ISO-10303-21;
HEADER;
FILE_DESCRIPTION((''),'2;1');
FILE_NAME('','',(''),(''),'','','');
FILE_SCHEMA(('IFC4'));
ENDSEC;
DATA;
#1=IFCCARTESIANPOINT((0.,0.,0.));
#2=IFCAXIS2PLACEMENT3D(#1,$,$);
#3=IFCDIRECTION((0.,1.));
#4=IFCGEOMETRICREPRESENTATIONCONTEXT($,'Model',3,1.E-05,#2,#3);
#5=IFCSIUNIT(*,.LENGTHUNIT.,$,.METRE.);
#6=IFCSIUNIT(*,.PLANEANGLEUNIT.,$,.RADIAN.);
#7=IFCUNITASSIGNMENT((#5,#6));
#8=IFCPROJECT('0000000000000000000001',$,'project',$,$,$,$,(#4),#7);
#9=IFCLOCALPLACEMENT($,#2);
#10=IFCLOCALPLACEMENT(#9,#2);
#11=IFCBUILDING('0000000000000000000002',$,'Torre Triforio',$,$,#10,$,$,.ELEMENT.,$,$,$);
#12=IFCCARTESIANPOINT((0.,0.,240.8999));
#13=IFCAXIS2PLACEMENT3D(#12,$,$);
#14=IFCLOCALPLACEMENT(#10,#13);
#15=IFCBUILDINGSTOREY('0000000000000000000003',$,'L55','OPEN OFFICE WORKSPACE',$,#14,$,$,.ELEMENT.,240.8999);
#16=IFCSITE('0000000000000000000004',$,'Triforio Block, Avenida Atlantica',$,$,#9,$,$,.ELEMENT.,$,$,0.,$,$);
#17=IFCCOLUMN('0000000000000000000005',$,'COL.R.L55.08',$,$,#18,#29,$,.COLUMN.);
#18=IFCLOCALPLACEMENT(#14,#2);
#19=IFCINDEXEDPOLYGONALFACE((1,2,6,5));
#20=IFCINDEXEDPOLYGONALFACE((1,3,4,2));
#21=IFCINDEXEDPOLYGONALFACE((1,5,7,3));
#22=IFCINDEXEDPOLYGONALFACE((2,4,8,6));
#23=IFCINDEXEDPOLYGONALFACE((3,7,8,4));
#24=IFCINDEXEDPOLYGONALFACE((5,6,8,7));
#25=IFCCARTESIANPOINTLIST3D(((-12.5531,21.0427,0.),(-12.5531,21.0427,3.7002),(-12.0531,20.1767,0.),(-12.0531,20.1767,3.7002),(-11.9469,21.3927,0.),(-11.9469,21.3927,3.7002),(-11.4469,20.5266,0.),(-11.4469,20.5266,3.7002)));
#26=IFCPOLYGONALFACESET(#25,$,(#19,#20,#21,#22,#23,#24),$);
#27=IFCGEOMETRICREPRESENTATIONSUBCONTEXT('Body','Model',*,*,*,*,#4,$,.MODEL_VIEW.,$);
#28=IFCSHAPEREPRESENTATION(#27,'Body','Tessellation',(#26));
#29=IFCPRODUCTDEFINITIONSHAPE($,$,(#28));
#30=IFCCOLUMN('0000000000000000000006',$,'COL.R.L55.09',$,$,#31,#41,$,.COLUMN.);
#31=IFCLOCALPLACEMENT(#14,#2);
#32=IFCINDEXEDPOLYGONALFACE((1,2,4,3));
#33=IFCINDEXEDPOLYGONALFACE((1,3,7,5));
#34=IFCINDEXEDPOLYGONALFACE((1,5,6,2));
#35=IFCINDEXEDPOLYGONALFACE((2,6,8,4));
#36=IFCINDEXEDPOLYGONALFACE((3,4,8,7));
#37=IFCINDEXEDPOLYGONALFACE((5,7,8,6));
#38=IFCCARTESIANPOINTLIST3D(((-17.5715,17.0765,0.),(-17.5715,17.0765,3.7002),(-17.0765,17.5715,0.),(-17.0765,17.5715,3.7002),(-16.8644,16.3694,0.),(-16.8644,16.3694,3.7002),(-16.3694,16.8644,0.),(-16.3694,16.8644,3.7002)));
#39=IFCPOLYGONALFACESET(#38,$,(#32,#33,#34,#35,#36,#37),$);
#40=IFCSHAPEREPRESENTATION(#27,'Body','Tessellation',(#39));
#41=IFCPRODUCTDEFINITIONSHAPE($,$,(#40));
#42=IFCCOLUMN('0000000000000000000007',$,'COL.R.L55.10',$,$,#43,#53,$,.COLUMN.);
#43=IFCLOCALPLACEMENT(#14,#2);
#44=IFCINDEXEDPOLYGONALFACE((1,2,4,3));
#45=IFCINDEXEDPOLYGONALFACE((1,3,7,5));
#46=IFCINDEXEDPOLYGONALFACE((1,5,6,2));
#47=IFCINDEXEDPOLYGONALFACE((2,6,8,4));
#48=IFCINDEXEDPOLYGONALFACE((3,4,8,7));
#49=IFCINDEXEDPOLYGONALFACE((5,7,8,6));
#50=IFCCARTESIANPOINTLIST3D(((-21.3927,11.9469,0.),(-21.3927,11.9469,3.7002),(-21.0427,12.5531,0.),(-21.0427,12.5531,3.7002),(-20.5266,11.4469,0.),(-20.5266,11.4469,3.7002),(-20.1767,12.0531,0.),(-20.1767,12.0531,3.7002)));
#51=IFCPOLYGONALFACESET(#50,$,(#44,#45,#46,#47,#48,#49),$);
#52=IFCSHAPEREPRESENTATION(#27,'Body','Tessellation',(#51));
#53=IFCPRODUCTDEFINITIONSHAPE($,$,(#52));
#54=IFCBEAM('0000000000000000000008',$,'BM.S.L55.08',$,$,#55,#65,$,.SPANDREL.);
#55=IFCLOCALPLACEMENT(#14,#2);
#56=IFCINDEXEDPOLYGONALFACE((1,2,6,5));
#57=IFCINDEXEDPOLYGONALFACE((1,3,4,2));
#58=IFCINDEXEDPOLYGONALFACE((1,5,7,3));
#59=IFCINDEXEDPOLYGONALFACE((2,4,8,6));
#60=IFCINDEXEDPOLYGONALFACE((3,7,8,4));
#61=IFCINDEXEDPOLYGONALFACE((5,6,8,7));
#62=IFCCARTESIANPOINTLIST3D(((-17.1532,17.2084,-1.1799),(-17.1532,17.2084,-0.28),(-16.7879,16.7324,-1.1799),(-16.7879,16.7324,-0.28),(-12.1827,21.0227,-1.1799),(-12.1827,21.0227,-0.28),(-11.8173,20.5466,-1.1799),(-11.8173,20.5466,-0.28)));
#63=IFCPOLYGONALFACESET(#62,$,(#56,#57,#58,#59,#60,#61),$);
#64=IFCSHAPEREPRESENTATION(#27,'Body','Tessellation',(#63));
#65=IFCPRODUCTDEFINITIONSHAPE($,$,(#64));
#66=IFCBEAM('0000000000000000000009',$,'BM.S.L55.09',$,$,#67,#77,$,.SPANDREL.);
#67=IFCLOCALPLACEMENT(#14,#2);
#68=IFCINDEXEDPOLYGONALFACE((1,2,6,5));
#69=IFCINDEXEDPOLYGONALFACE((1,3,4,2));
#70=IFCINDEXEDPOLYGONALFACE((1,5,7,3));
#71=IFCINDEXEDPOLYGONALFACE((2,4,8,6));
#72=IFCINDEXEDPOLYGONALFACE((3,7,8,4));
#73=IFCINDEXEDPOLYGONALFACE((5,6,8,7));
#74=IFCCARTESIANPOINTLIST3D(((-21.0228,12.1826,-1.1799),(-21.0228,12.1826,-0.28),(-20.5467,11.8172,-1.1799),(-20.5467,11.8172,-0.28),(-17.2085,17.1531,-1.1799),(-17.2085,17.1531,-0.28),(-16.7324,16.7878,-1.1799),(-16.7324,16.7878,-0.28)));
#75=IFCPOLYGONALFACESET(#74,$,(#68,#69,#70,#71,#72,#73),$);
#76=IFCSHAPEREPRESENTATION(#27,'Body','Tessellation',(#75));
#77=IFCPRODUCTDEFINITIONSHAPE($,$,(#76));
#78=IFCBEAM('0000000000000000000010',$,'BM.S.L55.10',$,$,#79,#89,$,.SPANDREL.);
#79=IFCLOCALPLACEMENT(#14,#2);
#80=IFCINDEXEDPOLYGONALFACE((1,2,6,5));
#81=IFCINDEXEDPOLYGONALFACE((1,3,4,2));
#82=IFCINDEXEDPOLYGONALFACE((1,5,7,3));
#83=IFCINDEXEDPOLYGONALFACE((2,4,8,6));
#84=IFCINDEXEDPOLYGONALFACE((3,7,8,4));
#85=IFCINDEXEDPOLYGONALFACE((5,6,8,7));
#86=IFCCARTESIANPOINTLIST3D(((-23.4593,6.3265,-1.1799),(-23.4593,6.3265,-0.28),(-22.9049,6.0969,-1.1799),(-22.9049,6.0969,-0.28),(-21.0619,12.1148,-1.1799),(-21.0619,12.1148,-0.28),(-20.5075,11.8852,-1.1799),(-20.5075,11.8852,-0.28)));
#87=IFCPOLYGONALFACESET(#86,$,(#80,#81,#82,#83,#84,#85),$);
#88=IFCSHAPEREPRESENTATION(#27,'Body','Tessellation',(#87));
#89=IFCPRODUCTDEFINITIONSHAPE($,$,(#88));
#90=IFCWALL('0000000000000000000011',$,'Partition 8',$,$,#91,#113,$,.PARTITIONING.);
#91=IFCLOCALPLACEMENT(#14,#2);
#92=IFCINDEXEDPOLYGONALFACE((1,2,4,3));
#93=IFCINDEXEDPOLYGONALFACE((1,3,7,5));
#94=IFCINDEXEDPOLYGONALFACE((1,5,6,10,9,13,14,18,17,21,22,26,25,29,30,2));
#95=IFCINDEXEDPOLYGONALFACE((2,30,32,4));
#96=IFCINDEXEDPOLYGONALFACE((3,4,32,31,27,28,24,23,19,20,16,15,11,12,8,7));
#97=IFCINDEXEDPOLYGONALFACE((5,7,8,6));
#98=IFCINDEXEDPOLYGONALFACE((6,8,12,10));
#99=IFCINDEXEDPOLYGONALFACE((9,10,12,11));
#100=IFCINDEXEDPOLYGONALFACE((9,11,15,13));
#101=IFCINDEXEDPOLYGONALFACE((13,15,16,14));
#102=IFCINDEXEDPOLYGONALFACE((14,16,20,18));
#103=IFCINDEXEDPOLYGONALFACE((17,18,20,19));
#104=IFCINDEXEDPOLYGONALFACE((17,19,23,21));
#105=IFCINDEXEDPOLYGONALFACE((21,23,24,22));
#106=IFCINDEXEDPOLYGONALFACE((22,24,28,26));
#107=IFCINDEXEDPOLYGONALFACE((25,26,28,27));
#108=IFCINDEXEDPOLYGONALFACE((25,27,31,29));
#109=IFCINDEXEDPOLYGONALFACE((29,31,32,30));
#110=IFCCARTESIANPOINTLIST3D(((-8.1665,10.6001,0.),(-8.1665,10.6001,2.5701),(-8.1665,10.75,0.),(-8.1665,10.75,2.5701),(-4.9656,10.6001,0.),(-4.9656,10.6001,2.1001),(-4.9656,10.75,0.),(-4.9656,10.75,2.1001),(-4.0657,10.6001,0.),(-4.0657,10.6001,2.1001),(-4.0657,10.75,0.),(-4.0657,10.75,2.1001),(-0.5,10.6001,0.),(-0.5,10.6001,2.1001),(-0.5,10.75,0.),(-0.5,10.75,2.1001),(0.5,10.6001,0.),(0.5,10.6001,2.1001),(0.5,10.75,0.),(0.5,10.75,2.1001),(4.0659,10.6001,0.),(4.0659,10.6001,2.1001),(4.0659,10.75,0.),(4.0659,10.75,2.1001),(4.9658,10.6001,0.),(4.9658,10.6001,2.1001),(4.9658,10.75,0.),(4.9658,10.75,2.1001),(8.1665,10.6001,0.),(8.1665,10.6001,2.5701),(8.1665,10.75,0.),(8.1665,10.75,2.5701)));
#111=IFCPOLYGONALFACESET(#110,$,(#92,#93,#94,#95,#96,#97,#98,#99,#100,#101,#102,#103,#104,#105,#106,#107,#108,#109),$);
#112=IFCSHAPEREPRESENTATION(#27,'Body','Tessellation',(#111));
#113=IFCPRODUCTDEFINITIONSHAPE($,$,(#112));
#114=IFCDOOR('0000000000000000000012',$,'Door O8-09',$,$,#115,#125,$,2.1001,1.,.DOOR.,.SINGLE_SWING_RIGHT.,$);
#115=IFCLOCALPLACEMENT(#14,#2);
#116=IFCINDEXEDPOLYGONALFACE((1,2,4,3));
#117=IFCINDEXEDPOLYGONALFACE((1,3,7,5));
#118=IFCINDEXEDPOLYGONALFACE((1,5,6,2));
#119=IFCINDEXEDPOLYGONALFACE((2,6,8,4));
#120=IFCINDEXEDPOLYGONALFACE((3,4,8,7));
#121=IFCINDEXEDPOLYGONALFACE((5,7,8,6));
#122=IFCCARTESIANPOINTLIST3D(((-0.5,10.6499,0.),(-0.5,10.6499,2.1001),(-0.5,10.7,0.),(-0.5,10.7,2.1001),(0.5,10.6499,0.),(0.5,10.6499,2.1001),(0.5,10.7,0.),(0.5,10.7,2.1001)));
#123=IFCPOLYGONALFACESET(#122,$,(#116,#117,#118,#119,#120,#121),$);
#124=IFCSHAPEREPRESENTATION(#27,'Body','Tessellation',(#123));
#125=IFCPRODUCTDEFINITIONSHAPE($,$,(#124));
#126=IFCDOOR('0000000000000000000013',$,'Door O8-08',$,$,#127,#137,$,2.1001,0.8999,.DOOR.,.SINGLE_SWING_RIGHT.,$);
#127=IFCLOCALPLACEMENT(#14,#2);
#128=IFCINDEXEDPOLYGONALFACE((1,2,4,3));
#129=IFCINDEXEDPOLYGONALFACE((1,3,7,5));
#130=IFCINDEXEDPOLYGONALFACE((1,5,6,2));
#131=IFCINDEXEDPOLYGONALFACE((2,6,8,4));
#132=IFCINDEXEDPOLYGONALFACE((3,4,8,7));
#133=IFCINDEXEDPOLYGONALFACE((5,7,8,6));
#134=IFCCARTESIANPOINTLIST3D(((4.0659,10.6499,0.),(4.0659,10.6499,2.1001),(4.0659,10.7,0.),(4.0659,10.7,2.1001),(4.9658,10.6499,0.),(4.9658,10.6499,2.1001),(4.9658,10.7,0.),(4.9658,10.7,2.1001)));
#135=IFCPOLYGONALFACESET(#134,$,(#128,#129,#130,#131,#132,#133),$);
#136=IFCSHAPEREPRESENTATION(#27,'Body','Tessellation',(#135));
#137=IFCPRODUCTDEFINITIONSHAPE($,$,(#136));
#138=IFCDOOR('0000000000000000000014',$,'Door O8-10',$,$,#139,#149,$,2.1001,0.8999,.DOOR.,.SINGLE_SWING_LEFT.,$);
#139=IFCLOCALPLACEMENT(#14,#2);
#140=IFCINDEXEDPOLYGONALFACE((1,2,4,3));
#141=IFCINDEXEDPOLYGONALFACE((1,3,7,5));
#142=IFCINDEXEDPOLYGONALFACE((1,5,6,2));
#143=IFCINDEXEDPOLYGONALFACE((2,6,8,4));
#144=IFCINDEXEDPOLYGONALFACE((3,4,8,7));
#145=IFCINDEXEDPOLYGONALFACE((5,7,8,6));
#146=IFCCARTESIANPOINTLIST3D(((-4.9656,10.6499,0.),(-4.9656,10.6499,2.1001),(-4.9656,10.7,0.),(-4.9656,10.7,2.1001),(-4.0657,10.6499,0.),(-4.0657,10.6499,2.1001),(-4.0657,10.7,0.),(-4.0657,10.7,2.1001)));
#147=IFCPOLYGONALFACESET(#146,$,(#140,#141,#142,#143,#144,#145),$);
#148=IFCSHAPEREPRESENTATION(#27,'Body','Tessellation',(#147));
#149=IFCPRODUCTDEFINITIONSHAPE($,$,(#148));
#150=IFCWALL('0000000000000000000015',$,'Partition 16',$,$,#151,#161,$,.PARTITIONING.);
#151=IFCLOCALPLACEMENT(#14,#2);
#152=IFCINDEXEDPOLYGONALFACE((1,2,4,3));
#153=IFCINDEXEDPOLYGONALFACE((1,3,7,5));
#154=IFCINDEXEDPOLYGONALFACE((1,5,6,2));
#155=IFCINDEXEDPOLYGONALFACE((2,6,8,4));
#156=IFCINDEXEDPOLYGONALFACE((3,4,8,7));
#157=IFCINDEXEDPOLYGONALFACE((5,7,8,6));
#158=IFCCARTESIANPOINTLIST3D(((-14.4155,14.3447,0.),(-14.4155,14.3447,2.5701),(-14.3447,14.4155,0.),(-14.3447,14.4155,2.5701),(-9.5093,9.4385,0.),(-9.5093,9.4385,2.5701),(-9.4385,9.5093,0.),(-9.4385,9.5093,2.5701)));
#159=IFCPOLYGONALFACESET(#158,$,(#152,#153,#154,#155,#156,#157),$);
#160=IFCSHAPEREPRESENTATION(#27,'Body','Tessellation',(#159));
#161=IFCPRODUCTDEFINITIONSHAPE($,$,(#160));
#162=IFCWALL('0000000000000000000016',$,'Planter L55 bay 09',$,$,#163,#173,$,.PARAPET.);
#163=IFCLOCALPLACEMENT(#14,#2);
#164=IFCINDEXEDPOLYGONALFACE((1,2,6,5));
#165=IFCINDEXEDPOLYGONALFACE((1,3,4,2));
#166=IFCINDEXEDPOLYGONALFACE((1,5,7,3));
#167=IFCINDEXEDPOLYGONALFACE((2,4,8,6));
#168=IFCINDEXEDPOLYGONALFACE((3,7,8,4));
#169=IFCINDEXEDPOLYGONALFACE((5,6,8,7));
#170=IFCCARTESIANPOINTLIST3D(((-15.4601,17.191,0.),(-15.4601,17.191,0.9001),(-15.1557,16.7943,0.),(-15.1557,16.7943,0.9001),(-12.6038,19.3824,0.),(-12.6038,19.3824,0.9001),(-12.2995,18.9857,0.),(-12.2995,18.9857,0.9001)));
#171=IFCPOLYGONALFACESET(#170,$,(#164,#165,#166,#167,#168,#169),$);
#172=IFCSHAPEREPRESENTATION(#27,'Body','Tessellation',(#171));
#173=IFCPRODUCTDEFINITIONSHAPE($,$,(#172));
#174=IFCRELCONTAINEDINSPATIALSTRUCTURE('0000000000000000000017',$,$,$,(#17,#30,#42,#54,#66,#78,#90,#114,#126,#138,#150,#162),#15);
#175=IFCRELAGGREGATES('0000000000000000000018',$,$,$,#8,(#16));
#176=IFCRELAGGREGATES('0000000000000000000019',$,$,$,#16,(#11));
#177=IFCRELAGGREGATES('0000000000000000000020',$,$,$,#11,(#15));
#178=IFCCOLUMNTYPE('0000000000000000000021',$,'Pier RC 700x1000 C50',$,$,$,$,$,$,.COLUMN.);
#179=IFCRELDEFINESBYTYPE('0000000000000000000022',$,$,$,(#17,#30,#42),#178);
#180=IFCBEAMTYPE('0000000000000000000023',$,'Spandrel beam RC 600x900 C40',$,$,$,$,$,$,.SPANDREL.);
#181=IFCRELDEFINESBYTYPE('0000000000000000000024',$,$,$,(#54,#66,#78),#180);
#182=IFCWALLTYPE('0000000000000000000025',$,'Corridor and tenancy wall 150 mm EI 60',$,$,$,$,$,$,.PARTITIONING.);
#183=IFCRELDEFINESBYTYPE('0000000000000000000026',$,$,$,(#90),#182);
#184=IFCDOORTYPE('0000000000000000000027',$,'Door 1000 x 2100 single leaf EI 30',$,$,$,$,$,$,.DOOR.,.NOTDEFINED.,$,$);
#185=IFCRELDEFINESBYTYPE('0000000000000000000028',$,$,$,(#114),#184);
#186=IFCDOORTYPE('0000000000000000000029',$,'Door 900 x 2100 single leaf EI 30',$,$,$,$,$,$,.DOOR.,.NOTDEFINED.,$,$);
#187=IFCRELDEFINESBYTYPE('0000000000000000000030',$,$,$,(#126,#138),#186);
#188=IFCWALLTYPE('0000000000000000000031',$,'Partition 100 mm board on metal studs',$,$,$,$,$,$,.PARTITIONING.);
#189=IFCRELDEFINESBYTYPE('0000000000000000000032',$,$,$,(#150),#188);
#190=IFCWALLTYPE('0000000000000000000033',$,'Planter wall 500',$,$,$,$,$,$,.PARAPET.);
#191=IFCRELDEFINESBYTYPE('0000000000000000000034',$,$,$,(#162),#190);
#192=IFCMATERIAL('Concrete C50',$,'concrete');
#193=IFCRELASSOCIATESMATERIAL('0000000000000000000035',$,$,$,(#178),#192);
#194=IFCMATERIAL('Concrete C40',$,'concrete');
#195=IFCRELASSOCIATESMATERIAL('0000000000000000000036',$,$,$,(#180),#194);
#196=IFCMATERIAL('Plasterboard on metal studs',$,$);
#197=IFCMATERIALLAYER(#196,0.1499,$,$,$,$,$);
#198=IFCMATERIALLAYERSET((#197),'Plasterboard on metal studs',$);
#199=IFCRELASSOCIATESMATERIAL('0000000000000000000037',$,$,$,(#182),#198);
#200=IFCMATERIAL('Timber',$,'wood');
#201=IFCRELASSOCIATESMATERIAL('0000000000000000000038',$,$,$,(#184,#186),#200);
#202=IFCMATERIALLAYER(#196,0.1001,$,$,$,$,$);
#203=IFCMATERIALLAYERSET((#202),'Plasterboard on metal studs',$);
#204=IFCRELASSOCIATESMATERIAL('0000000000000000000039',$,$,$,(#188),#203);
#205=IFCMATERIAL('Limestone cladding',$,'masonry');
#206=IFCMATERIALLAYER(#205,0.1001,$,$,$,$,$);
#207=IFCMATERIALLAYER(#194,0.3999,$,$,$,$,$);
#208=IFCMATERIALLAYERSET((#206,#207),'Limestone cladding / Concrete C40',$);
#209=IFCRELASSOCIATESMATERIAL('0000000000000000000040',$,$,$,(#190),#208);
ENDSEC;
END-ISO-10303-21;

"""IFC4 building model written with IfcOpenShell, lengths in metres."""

from ifc_helpers import new_model, si_unit, direction, frame, frame_2d, origin, origin_2d, place, context, subcontext, project, spatial, rectangle, extrude, material, layer, layer_set, material_profile, profile_set, type_object, element, fill, save


model = new_model("IFC4")

# Units and contexts
model_context = context("Model", 3, precision=1e-05, world=origin(), true_north=direction((0.0, 1.0)))
body_context = subcontext(model_context, "Body", "Model", "MODEL_VIEW")
ifc_project = project(units=[si_unit("LENGTHUNIT", "METRE"), si_unit("PLANEANGLEUNIT", "RADIAN")], contexts=[model_context])

# Site, building, storey
site_placement = place(None, origin())
site = spatial("IfcSite", under=ifc_project, at=site_placement, Name="Triforio Block, Avenida Atlantica", CompositionType="ELEMENT", RefElevation=0.0)
building_placement = place(site_placement, origin())
building = spatial("IfcBuilding", under=site, at=building_placement, Name="Torre Triforio", CompositionType="ELEMENT")
storey_placement = place(building_placement, frame((0.0, 0.0, 240.8999)))
storey = spatial("IfcBuildingStorey", under=building, at=storey_placement, Name="L55", Description="OPEN OFFICE WORKSPACE", CompositionType="ELEMENT", Elevation=240.8999)

# Columns
ifc_material_1 = material(Name="Concrete C50", Category="concrete")
ifc_material_profile_1 = material_profile(ifc_material_1, rectangle(XDim=0.7, YDim=1.0, at=origin_2d()), Name="RC 700x1000")
ifc_profile_set_1 = profile_set([ifc_material_profile_1], Name="Concrete C50")
column_type = type_object("IfcColumnType", Name="Pier RC 700x1000 C50", PredefinedType="COLUMN", material=ifc_profile_set_1)
for number, where, z_axis, x_axis, name in (
    (1, (-12.0, 20.7847, 0.0), (0.0, 0.0, 1.0), (-0.866025, -0.5, 0.0), "COL.R.L55.08"),
    (2, (-16.9705, 16.9705, 0.0), (0.0, 0.0, 1.0), (-0.707107, -0.707107, 0.0), "COL.R.L55.09"),
    (3, (-20.7847, 12.0, 0.0), (0.0, 0.0, 1.0), (-0.5, -0.866025, 0.0), "COL.R.L55.10"),
):
    element("IfcColumn", number, at=place(storey_placement, frame(where, z_axis=z_axis, x_axis=x_axis)), inside=storey, type_object=column_type, Name=name, PredefinedType="COLUMN", context=body_context, shape_type="SweptSolid", body=[
        extrude(rectangle(XDim=0.7, YDim=1.0, at=origin_2d()), origin(), (0.0, 0.0, 1.0), 3.7002),
    ])

# Beams
ifc_material_2 = material(Name="Concrete C40", Category="concrete")
ifc_material_profile_2 = material_profile(ifc_material_2, rectangle(XDim=0.6001, YDim=0.8999, at=origin_2d()), Name="RC 600x900")
ifc_profile_set_2 = profile_set([ifc_material_profile_2], Name="Concrete C40")
beam_type = type_object("IfcBeamType", Name="Spandrel beam RC 600x900 C40", PredefinedType="SPANDREL", material=ifc_profile_set_2)
for number, where, z_axis, x_axis, name in (
    (4, (-12.0, 20.7847, -0.73), (-0.793335, -0.608786, 0.0), (0.608786, -0.793335, 0.0), "BM.S.L55.08"),
    (5, (-16.9705, 16.9705, -0.73), (-0.608786, -0.793335, 0.0), (0.793335, -0.608786, 0.0), "BM.S.L55.09"),
):
    element("IfcBeam", number, at=place(storey_placement, frame(where, z_axis=z_axis, x_axis=x_axis)), inside=storey, type_object=beam_type, Name=name, PredefinedType="SPANDREL", context=body_context, shape_type="SweptSolid", body=[
        extrude(rectangle(XDim=0.6001, YDim=0.8999, at=origin_2d()), origin(), (0.0, 0.0, 1.0), 6.2654),
    ])
beam_placement = place(storey_placement, frame((-20.7847, 12.0, -0.73), z_axis=(-0.382664, -0.923888, 0.0), x_axis=(0.923888, -0.382664, 0.0)))
element("IfcBeam", 6, at=beam_placement, inside=storey, type_object=beam_type, Name="BM.S.L55.10", PredefinedType="SPANDREL", context=body_context, shape_type="SweptSolid", body=[
    extrude(rectangle(XDim=0.6001, YDim=0.8999, at=origin_2d()), origin(), (0.0, 0.0, 1.0), 6.2651),
])

# Wall, openings, doors
ifc_material_3 = material(Name="Plasterboard on metal studs")
ifc_layer_1 = layer(ifc_material_3, 0.1499)
ifc_layer_set_1 = layer_set([ifc_layer_1], Name="Plasterboard on metal studs")
wall_type_1 = type_object("IfcWallType", Name="Corridor and tenancy wall 150 mm EI 60", PredefinedType="PARTITIONING", material=ifc_layer_set_1)
wall_1_placement = place(storey_placement, frame((-8.1665, 10.675, 0.0), z_axis=(0.0, 0.0, 1.0), x_axis=(1.0, 0.0, 0.0)))
wall_1 = element("IfcWall", 7, at=wall_1_placement, inside=storey, type_object=wall_type_1, Name="Partition 8", PredefinedType="PARTITIONING", context=body_context, shape_type="SweptSolid", body=[
    extrude(rectangle(XDim=16.333, YDim=0.1499, at=frame_2d((8.1665, 0.0))), origin(), (0.0, 0.0, 1.0), 2.5701),
])
opening_1_placement = place(wall_1_placement, frame((12.2324, 0.0, 0.0)))
opening_1 = element("IfcOpeningElement", 8, at=opening_1_placement, cuts=wall_1, PredefinedType="OPENING", context=body_context, shape_type="SweptSolid", body=[
    extrude(rectangle(XDim=0.8999, YDim=2.1001, at=frame_2d((0.45, 1.05))), frame((0.0, 0.085, 0.0), z_axis=(0.0, -1.0, 0.0), x_axis=(1.0, 0.0, 0.0)), (0.0, 0.0, 1.0), 0.1699),
])
opening_2_placement = place(wall_1_placement, frame((7.6665, 0.0, 0.0)))
opening_2 = element("IfcOpeningElement", 9, at=opening_2_placement, cuts=wall_1, PredefinedType="OPENING", context=body_context, shape_type="SweptSolid", body=[
    extrude(rectangle(XDim=1.0, YDim=2.1001, at=frame_2d((0.5, 1.05))), frame((0.0, 0.085, 0.0), z_axis=(0.0, -1.0, 0.0), x_axis=(1.0, 0.0, 0.0)), (0.0, 0.0, 1.0), 0.1699),
])
opening_3_placement = place(wall_1_placement, frame((3.2009, 0.0, 0.0)))
opening_3 = element("IfcOpeningElement", 10, at=opening_3_placement, cuts=wall_1, PredefinedType="OPENING", context=body_context, shape_type="SweptSolid", body=[
    extrude(rectangle(XDim=0.8999, YDim=2.1001, at=frame_2d((0.45, 1.05))), frame((0.0, 0.085, 0.0), z_axis=(0.0, -1.0, 0.0), x_axis=(1.0, 0.0, 0.0)), (0.0, 0.0, 1.0), 0.1699),
])
ifc_material_4 = material(Name="Timber", Category="wood")
door_type_1 = type_object("IfcDoorType", Name="Door 1000 x 2100 single leaf EI 30", OperationType="NOTDEFINED", PredefinedType="DOOR", material=ifc_material_4)
door_1_placement = place(opening_2_placement, origin())
door_1 = element("IfcDoor", 11, at=door_1_placement, inside=storey, type_object=door_type_1, Name="Door O8-09", OperationType="SINGLE_SWING_RIGHT", OverallHeight=2.1001, OverallWidth=1.0, PredefinedType="DOOR", context=body_context, shape_type="SweptSolid", body=[
    extrude(rectangle(XDim=1.0, YDim=2.1001, at=frame_2d((0.5, 1.05))), frame((0.0, 0.0249, 0.0), z_axis=(0.0, -1.0, 0.0), x_axis=(1.0, 0.0, 0.0)), (0.0, 0.0, 1.0), 0.05),
])
fill(opening_2, door_1)
door_type_2 = type_object("IfcDoorType", Name="Door 900 x 2100 single leaf EI 30", OperationType="NOTDEFINED", PredefinedType="DOOR", material=ifc_material_4)
door_2_placement = place(opening_1_placement, origin())
door_2 = element("IfcDoor", 12, at=door_2_placement, inside=storey, type_object=door_type_2, Name="Door O8-08", OperationType="SINGLE_SWING_RIGHT", OverallHeight=2.1001, OverallWidth=0.8999, PredefinedType="DOOR", context=body_context, shape_type="SweptSolid", body=[
    extrude(rectangle(XDim=0.8999, YDim=2.1001, at=frame_2d((0.45, 1.05))), frame((0.0, 0.0249, 0.0), z_axis=(0.0, -1.0, 0.0), x_axis=(1.0, 0.0, 0.0)), (0.0, 0.0, 1.0), 0.05),
])
fill(opening_1, door_2)
door_3_placement = place(opening_3_placement, origin())
door_3 = element("IfcDoor", 13, at=door_3_placement, inside=storey, type_object=door_type_2, Name="Door O8-10", OperationType="SINGLE_SWING_LEFT", OverallHeight=2.1001, OverallWidth=0.8999, PredefinedType="DOOR", context=body_context, shape_type="SweptSolid", body=[
    extrude(rectangle(XDim=0.8999, YDim=2.1001, at=frame_2d((0.45, 1.05))), frame((0.0, 0.0249, 0.0), z_axis=(0.0, -1.0, 0.0), x_axis=(1.0, 0.0, 0.0)), (0.0, 0.0, 1.0), 0.05),
])
fill(opening_3, door_3)

# Walls
ifc_layer_2 = layer(ifc_material_3, 0.1001)
ifc_layer_set_2 = layer_set([ifc_layer_2], Name="Plasterboard on metal studs")
wall_type_2 = type_object("IfcWallType", Name="Partition 100 mm board on metal studs", PredefinedType="PARTITIONING", material=ifc_layer_set_2)
wall_2_placement = place(storey_placement, frame((-9.4739, 9.4739, 0.0), z_axis=(0.0, 0.0, 1.0), x_axis=(-0.707107, 0.707107, 0.0)))
element("IfcWall", 14, at=wall_2_placement, inside=storey, type_object=wall_type_2, Name="Partition 16", PredefinedType="PARTITIONING", context=body_context, shape_type="SweptSolid", body=[
    extrude(rectangle(XDim=6.9385, YDim=0.1001, at=frame_2d((3.4692, 0.0))), origin(), (0.0, 0.0, 1.0), 2.5701),
])
ifc_material_5 = material(Name="Limestone cladding", Category="masonry")
ifc_layer_3 = layer(ifc_material_5, 0.1001)
ifc_layer_4 = layer(ifc_material_2, 0.3999)
ifc_layer_set_3 = layer_set([ifc_layer_3, ifc_layer_4], Name="Limestone cladding / Concrete C40")
wall_type_3 = type_object("IfcWallType", Name="Planter wall 500", PredefinedType="PARAPET", material=ifc_layer_set_3)
wall_3_placement = place(storey_placement, frame((-12.4517, 19.1841, 0.0), z_axis=(0.0, 0.0, 1.0), x_axis=(-0.793385, -0.608721, 0.0)))
element("IfcWall", 15, at=wall_3_placement, inside=storey, type_object=wall_type_3, Name="Planter L55 bay 09", PredefinedType="PARAPET", context=body_context, shape_type="SweptSolid", body=[
    extrude(rectangle(XDim=3.6001, YDim=0.5, at=frame_2d((1.8, 0.0))), origin(), (0.0, 0.0, 1.0), 0.9001),
])

save(model, "model.ifc")
